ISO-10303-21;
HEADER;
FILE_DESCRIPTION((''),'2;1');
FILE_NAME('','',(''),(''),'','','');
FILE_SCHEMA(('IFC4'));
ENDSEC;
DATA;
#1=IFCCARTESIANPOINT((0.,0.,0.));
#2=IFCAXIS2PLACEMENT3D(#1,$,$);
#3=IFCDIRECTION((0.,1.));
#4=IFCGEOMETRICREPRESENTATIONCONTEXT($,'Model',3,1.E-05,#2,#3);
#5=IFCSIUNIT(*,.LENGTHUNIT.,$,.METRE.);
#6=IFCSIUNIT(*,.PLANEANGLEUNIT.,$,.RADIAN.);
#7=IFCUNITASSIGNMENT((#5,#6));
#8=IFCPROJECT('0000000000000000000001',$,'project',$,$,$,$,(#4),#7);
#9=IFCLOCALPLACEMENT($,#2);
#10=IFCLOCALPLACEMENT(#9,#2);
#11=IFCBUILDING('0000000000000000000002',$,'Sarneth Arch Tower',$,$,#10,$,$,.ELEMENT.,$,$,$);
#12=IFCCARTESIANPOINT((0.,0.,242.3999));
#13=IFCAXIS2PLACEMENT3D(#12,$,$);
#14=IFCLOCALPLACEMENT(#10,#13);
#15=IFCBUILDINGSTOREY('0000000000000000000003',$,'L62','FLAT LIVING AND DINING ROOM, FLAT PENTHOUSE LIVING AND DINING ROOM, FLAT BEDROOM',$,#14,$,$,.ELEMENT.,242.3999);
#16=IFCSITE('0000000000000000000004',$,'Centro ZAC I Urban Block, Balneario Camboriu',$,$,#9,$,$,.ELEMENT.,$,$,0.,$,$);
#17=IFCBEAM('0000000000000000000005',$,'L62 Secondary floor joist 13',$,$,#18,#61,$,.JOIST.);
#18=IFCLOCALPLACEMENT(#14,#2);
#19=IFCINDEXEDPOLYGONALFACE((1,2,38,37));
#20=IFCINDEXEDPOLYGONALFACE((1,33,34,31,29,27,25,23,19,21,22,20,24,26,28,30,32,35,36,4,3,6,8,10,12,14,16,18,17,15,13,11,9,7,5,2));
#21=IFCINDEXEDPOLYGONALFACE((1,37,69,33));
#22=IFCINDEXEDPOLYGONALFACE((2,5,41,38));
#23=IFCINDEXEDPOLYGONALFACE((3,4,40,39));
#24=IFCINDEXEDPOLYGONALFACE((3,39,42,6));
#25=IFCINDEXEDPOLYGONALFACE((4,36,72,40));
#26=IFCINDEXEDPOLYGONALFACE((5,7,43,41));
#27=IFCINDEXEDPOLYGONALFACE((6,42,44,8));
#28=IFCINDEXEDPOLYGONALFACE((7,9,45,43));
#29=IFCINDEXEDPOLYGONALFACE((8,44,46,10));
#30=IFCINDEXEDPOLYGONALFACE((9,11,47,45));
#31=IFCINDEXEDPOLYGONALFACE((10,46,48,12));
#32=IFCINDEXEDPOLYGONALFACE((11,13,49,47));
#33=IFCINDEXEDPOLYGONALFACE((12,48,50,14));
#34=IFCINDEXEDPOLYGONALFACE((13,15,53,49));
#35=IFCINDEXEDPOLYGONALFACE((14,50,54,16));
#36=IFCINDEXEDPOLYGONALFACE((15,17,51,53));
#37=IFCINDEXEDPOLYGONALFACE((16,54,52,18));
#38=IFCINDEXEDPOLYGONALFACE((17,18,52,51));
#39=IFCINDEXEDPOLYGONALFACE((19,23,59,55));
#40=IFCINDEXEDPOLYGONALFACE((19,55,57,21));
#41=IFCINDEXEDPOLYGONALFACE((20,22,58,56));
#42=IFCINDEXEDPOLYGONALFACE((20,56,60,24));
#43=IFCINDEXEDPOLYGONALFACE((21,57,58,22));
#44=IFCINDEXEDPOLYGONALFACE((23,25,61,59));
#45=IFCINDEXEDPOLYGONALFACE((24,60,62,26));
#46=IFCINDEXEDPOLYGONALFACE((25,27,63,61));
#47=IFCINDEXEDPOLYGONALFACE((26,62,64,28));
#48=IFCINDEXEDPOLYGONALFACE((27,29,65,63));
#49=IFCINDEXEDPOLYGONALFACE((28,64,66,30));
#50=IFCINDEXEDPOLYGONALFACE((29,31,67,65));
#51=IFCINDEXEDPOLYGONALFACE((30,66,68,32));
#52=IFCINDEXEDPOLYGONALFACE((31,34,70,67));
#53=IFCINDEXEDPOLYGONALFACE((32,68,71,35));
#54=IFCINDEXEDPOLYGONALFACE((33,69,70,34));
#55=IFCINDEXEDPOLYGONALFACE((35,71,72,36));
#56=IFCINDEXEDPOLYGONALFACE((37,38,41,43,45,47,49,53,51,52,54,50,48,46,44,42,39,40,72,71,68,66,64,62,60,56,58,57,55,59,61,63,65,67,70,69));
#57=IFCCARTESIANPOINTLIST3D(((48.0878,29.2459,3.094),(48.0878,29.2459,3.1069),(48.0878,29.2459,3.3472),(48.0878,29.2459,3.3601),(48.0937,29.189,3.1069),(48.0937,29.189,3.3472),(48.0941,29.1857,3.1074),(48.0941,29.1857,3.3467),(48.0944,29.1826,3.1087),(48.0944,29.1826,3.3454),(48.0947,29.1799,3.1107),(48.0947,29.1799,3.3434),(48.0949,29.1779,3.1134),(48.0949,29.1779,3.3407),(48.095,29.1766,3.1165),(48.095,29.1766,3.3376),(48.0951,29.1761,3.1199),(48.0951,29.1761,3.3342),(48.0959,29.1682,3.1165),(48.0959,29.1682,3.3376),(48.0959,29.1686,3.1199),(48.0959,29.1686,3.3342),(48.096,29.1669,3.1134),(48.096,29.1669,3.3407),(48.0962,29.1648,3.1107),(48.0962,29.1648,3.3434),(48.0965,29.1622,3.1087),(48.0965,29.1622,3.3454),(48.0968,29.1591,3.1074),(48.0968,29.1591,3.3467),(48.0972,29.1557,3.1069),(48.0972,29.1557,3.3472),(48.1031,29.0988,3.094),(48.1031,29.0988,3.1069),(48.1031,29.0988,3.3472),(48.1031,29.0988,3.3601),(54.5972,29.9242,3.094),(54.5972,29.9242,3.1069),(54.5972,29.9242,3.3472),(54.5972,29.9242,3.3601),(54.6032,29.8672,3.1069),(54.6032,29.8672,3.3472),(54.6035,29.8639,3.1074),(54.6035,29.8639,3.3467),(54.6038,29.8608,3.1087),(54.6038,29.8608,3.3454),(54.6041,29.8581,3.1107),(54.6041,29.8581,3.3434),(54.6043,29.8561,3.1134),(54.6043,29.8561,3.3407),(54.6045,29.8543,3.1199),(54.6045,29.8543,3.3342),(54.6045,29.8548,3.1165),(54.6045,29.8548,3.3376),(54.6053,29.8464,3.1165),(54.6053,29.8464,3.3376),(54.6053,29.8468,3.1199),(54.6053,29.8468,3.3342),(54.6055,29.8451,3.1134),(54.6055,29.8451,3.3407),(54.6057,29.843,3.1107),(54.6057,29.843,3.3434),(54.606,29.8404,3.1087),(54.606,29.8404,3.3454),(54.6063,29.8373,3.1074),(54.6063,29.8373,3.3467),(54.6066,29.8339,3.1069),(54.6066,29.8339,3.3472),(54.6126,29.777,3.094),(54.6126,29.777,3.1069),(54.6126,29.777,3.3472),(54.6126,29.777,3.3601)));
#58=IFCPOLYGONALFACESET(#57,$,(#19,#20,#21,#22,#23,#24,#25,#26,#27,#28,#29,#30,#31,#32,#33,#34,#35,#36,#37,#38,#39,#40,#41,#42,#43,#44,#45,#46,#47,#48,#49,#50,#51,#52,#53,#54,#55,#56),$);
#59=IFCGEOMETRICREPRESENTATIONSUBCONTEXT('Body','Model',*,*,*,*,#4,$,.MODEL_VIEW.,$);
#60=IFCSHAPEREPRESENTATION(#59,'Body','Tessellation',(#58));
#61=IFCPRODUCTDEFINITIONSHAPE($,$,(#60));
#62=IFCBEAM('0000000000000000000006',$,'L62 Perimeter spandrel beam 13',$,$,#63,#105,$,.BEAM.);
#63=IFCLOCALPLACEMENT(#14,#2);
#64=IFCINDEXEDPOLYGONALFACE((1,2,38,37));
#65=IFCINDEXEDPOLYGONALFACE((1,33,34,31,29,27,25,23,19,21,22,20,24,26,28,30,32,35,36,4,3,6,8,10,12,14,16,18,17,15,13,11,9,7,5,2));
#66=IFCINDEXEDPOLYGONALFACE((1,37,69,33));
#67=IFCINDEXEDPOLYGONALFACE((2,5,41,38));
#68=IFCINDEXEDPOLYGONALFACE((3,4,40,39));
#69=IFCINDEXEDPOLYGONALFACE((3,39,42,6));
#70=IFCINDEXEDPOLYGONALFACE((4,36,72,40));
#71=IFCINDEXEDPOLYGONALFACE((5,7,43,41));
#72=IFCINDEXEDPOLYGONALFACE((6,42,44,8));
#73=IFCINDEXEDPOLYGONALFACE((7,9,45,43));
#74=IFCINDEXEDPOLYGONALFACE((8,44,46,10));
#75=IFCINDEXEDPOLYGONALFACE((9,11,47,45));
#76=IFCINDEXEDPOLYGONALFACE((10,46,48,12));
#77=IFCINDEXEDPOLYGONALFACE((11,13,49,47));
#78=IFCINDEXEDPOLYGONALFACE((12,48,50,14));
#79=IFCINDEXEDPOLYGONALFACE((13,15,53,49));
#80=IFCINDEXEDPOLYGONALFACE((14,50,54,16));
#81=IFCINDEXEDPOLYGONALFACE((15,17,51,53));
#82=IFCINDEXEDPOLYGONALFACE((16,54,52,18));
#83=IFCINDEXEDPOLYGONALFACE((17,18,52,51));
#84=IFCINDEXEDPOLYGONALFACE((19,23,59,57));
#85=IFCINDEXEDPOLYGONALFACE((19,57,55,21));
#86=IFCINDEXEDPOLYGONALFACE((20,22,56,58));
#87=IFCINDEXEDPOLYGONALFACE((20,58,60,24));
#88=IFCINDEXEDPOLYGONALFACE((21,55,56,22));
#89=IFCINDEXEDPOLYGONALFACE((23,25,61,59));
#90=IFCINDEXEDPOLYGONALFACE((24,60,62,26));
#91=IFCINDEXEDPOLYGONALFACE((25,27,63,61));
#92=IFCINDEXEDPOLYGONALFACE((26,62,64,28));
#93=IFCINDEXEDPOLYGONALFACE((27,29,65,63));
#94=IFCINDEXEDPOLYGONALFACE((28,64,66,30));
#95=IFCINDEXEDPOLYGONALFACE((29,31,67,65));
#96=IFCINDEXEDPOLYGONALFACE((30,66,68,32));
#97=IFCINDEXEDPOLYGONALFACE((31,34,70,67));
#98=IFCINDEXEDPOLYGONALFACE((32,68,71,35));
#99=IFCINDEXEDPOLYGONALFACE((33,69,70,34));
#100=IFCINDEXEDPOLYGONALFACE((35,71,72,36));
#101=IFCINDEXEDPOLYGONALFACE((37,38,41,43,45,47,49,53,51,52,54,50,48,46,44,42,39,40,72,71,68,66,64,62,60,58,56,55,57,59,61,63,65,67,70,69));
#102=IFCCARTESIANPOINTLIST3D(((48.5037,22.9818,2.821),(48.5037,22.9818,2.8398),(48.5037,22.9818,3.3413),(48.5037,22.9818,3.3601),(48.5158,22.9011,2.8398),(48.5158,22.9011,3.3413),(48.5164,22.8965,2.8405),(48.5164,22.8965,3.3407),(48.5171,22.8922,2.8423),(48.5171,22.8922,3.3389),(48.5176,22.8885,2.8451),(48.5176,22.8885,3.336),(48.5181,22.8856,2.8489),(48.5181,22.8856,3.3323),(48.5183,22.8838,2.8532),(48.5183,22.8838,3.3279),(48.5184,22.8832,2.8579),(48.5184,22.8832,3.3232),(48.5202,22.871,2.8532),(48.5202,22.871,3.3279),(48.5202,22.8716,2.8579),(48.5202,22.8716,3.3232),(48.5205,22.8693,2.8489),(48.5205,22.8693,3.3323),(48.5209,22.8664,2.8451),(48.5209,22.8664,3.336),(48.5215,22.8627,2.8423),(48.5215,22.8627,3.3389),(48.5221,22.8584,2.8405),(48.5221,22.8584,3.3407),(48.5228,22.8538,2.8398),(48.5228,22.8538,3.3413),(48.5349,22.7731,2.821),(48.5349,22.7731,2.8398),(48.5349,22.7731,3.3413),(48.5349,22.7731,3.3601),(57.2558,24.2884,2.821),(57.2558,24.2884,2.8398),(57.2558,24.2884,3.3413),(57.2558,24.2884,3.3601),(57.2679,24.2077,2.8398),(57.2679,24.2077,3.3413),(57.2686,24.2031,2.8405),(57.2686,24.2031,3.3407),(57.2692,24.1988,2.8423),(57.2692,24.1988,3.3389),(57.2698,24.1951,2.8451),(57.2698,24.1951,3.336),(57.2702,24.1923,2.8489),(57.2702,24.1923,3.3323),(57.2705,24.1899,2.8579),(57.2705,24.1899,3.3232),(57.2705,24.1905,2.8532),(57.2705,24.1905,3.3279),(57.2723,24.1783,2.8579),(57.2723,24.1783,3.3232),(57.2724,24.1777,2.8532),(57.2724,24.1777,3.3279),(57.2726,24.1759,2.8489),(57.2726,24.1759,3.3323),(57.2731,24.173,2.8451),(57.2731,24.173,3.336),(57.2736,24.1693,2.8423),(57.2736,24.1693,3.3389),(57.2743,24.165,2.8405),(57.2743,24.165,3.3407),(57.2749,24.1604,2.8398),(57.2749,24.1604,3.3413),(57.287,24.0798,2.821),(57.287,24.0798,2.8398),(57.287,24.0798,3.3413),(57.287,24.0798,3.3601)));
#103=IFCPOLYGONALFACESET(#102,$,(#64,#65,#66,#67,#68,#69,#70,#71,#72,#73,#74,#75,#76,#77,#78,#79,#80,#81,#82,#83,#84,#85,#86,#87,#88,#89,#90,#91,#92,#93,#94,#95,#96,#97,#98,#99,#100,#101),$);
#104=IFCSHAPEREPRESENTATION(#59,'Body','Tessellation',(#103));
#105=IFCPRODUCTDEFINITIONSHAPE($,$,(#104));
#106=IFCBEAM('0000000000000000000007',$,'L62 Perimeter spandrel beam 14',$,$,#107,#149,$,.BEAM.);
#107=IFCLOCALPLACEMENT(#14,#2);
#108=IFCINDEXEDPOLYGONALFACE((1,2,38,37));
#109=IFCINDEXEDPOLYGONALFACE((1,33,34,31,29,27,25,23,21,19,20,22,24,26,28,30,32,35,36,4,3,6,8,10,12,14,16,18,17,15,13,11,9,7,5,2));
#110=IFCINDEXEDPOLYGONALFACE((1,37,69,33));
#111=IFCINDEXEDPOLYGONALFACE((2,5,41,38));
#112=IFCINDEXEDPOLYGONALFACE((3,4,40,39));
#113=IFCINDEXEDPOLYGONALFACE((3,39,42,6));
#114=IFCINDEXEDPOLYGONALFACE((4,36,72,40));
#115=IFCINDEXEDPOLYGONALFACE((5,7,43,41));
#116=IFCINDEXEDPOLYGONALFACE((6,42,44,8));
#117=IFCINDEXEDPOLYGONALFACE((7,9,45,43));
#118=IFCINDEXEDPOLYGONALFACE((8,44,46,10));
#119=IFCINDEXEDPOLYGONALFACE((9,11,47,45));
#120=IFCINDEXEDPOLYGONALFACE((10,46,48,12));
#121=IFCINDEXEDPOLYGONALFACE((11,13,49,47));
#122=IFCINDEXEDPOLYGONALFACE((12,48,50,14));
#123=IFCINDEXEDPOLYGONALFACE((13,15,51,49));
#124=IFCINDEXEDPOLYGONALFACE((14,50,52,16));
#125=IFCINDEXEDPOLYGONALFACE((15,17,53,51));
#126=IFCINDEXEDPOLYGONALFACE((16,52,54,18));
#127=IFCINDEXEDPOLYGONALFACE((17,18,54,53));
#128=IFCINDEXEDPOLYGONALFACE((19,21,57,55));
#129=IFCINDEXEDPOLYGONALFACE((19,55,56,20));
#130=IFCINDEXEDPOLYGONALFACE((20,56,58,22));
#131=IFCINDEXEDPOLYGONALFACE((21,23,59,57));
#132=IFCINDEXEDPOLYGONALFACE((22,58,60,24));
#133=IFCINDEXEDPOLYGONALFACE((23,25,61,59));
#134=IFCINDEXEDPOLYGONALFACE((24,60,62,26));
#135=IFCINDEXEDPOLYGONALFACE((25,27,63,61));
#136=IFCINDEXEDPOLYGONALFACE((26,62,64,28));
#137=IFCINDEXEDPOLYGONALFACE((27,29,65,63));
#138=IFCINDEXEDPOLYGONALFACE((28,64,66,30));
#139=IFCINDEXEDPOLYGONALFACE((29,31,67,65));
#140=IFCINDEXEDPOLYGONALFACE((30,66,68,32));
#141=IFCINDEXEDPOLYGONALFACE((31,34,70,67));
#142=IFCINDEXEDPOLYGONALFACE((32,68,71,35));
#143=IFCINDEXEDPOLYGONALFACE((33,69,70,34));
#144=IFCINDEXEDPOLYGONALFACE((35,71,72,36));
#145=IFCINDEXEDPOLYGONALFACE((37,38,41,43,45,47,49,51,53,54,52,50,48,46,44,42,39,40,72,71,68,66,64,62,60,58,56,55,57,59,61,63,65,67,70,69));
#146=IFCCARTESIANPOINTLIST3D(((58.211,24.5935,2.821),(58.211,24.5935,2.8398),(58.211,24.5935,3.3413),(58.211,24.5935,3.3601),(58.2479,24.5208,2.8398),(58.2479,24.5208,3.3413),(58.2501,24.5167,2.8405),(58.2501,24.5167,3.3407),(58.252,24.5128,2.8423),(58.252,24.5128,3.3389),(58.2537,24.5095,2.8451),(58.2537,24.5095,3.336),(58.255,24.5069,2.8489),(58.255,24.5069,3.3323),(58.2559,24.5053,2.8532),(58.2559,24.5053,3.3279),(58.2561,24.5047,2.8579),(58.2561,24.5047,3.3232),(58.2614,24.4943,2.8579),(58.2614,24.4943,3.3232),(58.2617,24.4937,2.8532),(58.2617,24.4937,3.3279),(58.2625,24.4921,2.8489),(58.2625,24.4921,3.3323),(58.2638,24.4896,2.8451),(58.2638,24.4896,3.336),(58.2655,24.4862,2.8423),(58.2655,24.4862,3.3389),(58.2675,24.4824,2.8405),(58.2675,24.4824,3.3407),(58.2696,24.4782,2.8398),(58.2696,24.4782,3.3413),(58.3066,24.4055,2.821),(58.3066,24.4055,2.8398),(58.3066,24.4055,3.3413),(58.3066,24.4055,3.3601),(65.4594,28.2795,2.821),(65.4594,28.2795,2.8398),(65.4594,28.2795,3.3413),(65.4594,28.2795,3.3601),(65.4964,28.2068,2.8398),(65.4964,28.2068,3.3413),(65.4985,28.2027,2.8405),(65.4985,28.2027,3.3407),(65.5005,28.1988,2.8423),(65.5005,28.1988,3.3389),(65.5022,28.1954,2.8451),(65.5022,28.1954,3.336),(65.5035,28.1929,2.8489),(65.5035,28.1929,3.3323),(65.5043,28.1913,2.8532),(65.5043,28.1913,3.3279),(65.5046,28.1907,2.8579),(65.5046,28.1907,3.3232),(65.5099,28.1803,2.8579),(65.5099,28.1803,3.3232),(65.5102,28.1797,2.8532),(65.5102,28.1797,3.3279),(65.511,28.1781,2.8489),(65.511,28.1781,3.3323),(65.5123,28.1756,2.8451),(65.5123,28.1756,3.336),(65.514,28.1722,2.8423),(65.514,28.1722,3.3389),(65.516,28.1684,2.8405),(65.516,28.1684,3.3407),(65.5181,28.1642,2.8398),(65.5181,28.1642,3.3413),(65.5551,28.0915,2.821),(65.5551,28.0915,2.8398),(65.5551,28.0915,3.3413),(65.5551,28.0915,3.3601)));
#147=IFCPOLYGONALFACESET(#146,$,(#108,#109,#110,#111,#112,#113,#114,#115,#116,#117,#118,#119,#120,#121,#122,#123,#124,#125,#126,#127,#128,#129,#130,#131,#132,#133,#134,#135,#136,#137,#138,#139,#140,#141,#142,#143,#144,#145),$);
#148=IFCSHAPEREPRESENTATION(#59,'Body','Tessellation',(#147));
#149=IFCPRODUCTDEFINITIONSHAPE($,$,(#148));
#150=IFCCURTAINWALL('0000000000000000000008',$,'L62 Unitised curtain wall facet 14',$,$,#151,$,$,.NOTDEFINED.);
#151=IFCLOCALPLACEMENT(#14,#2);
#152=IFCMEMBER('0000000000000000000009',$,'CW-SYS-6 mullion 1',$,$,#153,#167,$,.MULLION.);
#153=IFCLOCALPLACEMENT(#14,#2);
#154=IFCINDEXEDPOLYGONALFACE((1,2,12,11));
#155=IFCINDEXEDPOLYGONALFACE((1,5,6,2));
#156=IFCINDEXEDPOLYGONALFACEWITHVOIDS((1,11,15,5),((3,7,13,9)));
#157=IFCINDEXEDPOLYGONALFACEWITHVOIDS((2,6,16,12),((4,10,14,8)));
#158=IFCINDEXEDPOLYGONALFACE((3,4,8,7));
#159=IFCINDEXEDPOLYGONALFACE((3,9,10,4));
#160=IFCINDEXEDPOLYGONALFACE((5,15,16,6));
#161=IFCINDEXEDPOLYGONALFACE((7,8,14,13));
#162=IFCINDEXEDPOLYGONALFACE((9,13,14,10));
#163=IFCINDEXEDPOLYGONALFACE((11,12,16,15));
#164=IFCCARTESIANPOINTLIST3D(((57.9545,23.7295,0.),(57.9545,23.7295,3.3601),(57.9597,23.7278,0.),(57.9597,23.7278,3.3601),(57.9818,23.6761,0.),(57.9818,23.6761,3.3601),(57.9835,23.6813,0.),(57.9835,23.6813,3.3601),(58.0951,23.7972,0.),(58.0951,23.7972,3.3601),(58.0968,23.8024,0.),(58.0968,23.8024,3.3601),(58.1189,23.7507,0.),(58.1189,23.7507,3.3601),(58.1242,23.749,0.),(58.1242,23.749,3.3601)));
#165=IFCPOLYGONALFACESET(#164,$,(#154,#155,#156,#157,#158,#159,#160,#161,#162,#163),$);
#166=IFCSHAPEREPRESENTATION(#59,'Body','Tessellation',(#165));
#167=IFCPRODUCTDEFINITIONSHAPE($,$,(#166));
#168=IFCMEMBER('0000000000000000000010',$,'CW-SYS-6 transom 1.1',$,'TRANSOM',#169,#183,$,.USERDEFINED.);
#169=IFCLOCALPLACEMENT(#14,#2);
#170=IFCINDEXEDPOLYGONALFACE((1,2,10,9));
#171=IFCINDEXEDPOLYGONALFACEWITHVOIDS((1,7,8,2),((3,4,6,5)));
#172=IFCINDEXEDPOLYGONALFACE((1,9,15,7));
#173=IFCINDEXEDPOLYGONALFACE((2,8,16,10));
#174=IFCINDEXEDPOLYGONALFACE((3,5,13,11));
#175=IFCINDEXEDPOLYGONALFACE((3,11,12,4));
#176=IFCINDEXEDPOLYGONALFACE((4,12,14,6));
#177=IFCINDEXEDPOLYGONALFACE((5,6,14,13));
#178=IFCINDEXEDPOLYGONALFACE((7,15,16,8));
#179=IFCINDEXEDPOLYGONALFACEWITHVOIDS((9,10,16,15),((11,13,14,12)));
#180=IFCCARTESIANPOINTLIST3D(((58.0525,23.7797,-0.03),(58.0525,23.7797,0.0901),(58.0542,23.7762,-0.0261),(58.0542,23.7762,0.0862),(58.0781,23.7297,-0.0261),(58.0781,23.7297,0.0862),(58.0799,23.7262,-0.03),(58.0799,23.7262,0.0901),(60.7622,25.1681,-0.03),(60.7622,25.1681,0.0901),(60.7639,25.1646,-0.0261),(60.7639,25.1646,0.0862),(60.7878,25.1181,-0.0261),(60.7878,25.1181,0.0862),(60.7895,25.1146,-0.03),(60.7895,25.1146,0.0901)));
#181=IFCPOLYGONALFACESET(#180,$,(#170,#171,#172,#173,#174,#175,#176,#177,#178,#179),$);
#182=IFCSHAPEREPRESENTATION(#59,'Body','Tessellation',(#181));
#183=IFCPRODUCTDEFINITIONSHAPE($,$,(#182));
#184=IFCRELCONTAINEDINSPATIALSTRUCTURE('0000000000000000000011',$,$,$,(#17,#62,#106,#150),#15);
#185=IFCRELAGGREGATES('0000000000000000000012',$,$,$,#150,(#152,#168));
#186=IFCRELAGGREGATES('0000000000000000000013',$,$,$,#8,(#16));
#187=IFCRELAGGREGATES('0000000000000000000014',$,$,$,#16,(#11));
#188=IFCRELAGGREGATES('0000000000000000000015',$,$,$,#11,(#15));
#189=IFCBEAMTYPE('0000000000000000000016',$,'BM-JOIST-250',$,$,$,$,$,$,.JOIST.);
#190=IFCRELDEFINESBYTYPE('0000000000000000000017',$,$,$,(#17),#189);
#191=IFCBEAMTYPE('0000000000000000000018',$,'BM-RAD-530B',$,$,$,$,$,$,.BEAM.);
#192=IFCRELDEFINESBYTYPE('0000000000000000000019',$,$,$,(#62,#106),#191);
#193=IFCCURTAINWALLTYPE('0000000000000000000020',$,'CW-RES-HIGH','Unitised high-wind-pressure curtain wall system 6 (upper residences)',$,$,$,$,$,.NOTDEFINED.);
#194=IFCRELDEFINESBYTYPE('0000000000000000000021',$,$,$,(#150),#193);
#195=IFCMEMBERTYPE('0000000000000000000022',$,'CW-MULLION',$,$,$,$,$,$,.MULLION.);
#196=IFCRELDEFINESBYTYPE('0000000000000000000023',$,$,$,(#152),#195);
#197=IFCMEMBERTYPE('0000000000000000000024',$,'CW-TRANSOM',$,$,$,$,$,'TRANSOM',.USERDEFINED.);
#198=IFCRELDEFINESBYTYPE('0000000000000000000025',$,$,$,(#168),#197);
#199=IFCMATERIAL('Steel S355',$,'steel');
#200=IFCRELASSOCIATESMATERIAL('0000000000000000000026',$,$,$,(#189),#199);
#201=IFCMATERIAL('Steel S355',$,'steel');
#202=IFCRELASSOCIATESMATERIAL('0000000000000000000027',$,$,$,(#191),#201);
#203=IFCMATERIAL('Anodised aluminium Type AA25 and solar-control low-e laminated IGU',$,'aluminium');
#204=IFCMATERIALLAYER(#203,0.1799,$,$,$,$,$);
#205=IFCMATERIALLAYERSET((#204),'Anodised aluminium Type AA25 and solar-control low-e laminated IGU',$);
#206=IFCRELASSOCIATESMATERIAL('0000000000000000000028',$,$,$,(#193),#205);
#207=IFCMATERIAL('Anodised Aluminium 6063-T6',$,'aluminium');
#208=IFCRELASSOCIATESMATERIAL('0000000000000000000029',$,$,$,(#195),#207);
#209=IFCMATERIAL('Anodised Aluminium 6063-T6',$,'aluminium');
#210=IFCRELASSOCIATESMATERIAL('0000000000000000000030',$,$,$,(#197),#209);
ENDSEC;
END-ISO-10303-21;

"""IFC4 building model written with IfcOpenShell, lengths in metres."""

from ifc_helpers import new_model, si_unit, direction, frame, origin, origin_2d, place, context, subcontext, project, spatial, hollow_rectangle, i_section, extrude, material, layer, layer_set, material_profile, profile_set, type_object, element, aggregate, save


model = new_model("IFC4")

# Units and contexts
model_context = context("Model", 3, precision=1e-05, world=origin(), true_north=direction((0.0, 1.0)))
body_context = subcontext(model_context, "Body", "Model", "MODEL_VIEW")
ifc_project = project(units=[si_unit("LENGTHUNIT", "METRE"), si_unit("PLANEANGLEUNIT", "RADIAN")], contexts=[model_context])

# Site, building, storey
site_placement = place(None, origin())
site = spatial("IfcSite", under=ifc_project, at=site_placement, Name="Centro ZAC I Urban Block, Balneario Camboriu", CompositionType="ELEMENT", RefElevation=0.0)
building_placement = place(site_placement, origin())
building = spatial("IfcBuilding", under=site, at=building_placement, Name="Sarneth Arch Tower", CompositionType="ELEMENT")
storey_placement = place(building_placement, frame((0.0, 0.0, 242.3999)))
storey = spatial("IfcBuildingStorey", under=building, at=storey_placement, Name="L62", Description="FLAT LIVING AND DINING ROOM, FLAT PENTHOUSE LIVING AND DINING ROOM, FLAT BEDROOM", CompositionType="ELEMENT", Elevation=242.3999)

# Beams
ifc_material_1 = material(Name="Steel S355", Category="steel")
ifc_material_profile_1 = material_profile(ifc_material_1, i_section(OverallWidth=0.1479, OverallDepth=0.2661, WebThickness=0.0076, FlangeThickness=0.0129, FilletRadius=0.0129, at=origin_2d()), Name="W250x44.8")
ifc_profile_set_1 = profile_set([ifc_material_profile_1], Name="Steel S355")
beam_type_1 = type_object("IfcBeamType", Name="BM-JOIST-250", PredefinedType="JOIST", material=ifc_profile_set_1)
beam_1_placement = place(storey_placement, frame((48.0955, 29.1724, 3.2271), z_axis=(0.994616, 0.103628, 0.0), x_axis=(-0.103628, 0.994616, 0.0)))
element("IfcBeam", 1, at=beam_1_placement, inside=storey, type_object=beam_type_1, Name="L62 Secondary floor joist 13", PredefinedType="JOIST", context=body_context, shape_type="SweptSolid", body=[
    extrude(i_section(OverallWidth=0.1479, OverallDepth=0.2661, WebThickness=0.0076, FlangeThickness=0.0129, FilletRadius=0.0129, at=origin_2d()), origin(), (0.0, 0.0, 1.0), 6.5447),
])
ifc_material_2 = material(Name="Steel S355", Category="steel")
ifc_material_profile_2 = material_profile(ifc_material_2, i_section(OverallWidth=0.2109, OverallDepth=0.5391, WebThickness=0.0117, FlangeThickness=0.0188, FilletRadius=0.0181, at=origin_2d()), Name="W530x109")
ifc_profile_set_2 = profile_set([ifc_material_profile_2], Name="Steel S355")
beam_type_2 = type_object("IfcBeamType", Name="BM-RAD-530B", PredefinedType="BEAM", material=ifc_profile_set_2)
beam_2_placement = place(storey_placement, frame((48.5193, 22.8774, 3.0906), z_axis=(0.989039, 0.147656, 0.0), x_axis=(-0.147656, 0.989039, 0.0)))
element("IfcBeam", 2, at=beam_2_placement, inside=storey, type_object=beam_type_2, Name="L62 Perimeter spandrel beam 13", PredefinedType="BEAM", context=body_context, shape_type="SweptSolid", body=[
    extrude(i_section(OverallWidth=0.2109, OverallDepth=0.5391, WebThickness=0.0117, FlangeThickness=0.0188, FilletRadius=0.0181, at=origin_2d()), origin(), (0.0, 0.0, 1.0), 8.8491),
])
beam_3_placement = place(storey_placement, frame((58.2588, 24.4995, 3.0906), z_axis=(0.891368, 0.45328, 0.0), x_axis=(-0.45328, 0.891368, 0.0)))
element("IfcBeam", 3, at=beam_3_placement, inside=storey, type_object=beam_type_2, Name="L62 Perimeter spandrel beam 14", PredefinedType="BEAM", context=body_context, shape_type="SweptSolid", body=[
    extrude(i_section(OverallWidth=0.2109, OverallDepth=0.5391, WebThickness=0.0117, FlangeThickness=0.0188, FilletRadius=0.0181, at=origin_2d()), origin(), (0.0, 0.0, 1.0), 8.1318),
])

# Curtain wall, members
ifc_material_3 = material(Name="Anodised aluminium Type AA25 and solar-control low-e laminated IGU", Category="aluminium")
ifc_layer_1 = layer(ifc_material_3, 0.1799)
ifc_layer_set_1 = layer_set([ifc_layer_1], Name="Anodised aluminium Type AA25 and solar-control low-e laminated IGU")
curtain_wall_type = type_object("IfcCurtainWallType", Name="CW-RES-HIGH", Description="Unitised high-wind-pressure curtain wall system 6 (upper residences)", PredefinedType="NOTDEFINED", material=ifc_layer_set_1)
curtain_wall_placement = place(storey_placement, origin())
curtain_wall = element("IfcCurtainWall", 4, at=curtain_wall_placement, inside=storey, type_object=curtain_wall_type, Name="L62 Unitised curtain wall facet 14", PredefinedType="NOTDEFINED")
ifc_material_4 = material(Name="Anodised Aluminium 6063-T6", Category="aluminium")
ifc_material_profile_3 = material_profile(ifc_material_4, hollow_rectangle(XDim=0.0601, YDim=0.1599, WallThickness=0.0039, at=origin_2d()), Name="AL-MULL-160x60x4")
ifc_profile_set_3 = profile_set([ifc_material_profile_3], Name="Anodised Aluminium 6063-T6")
member_type_1 = type_object("IfcMemberType", Name="CW-MULLION", PredefinedType="MULLION", material=ifc_profile_set_3)
member_1_placement = place(storey_placement, frame((58.0393, 23.7393, 0.0), z_axis=(0.0, 0.0, 1.0), x_axis=(-0.455942, 0.89001, 0.0)))
member_1 = element("IfcMember", 5, at=member_1_placement, type_object=member_type_1, Name="CW-SYS-6 mullion 1", PredefinedType="MULLION", context=body_context, shape_type="SweptSolid", body=[
    extrude(hollow_rectangle(XDim=0.0601, YDim=0.1599, WallThickness=0.0039, at=origin_2d()), origin(), (0.0, 0.0, 1.0), 3.3601),
])
ifc_material_5 = material(Name="Anodised Aluminium 6063-T6", Category="aluminium")
ifc_material_profile_4 = material_profile(ifc_material_5, hollow_rectangle(XDim=0.0601, YDim=0.1201, WallThickness=0.0039, at=origin_2d()), Name="AL-TRAN-120x60x4")
ifc_profile_set_4 = profile_set([ifc_material_profile_4], Name="Anodised Aluminium 6063-T6")
member_type_2 = type_object("IfcMemberType", Name="CW-TRANSOM", ElementType="TRANSOM", PredefinedType="USERDEFINED", material=ifc_profile_set_4)
member_2_placement = place(storey_placement, frame((58.0662, 23.7529, 0.03), z_axis=(0.889974, 0.456012, 0.0), x_axis=(-0.456012, 0.889974, 0.0)))
member_2 = element("IfcMember", 6, at=member_2_placement, type_object=member_type_2, Name="CW-SYS-6 transom 1.1", ObjectType="TRANSOM", PredefinedType="USERDEFINED", context=body_context, shape_type="SweptSolid", body=[
    extrude(hollow_rectangle(XDim=0.0601, YDim=0.1201, WallThickness=0.0039, at=origin_2d()), origin(), (0.0, 0.0, 1.0), 3.0447),
])
aggregate(curtain_wall, [member_1, member_2])

save(model, "model.ifc")
